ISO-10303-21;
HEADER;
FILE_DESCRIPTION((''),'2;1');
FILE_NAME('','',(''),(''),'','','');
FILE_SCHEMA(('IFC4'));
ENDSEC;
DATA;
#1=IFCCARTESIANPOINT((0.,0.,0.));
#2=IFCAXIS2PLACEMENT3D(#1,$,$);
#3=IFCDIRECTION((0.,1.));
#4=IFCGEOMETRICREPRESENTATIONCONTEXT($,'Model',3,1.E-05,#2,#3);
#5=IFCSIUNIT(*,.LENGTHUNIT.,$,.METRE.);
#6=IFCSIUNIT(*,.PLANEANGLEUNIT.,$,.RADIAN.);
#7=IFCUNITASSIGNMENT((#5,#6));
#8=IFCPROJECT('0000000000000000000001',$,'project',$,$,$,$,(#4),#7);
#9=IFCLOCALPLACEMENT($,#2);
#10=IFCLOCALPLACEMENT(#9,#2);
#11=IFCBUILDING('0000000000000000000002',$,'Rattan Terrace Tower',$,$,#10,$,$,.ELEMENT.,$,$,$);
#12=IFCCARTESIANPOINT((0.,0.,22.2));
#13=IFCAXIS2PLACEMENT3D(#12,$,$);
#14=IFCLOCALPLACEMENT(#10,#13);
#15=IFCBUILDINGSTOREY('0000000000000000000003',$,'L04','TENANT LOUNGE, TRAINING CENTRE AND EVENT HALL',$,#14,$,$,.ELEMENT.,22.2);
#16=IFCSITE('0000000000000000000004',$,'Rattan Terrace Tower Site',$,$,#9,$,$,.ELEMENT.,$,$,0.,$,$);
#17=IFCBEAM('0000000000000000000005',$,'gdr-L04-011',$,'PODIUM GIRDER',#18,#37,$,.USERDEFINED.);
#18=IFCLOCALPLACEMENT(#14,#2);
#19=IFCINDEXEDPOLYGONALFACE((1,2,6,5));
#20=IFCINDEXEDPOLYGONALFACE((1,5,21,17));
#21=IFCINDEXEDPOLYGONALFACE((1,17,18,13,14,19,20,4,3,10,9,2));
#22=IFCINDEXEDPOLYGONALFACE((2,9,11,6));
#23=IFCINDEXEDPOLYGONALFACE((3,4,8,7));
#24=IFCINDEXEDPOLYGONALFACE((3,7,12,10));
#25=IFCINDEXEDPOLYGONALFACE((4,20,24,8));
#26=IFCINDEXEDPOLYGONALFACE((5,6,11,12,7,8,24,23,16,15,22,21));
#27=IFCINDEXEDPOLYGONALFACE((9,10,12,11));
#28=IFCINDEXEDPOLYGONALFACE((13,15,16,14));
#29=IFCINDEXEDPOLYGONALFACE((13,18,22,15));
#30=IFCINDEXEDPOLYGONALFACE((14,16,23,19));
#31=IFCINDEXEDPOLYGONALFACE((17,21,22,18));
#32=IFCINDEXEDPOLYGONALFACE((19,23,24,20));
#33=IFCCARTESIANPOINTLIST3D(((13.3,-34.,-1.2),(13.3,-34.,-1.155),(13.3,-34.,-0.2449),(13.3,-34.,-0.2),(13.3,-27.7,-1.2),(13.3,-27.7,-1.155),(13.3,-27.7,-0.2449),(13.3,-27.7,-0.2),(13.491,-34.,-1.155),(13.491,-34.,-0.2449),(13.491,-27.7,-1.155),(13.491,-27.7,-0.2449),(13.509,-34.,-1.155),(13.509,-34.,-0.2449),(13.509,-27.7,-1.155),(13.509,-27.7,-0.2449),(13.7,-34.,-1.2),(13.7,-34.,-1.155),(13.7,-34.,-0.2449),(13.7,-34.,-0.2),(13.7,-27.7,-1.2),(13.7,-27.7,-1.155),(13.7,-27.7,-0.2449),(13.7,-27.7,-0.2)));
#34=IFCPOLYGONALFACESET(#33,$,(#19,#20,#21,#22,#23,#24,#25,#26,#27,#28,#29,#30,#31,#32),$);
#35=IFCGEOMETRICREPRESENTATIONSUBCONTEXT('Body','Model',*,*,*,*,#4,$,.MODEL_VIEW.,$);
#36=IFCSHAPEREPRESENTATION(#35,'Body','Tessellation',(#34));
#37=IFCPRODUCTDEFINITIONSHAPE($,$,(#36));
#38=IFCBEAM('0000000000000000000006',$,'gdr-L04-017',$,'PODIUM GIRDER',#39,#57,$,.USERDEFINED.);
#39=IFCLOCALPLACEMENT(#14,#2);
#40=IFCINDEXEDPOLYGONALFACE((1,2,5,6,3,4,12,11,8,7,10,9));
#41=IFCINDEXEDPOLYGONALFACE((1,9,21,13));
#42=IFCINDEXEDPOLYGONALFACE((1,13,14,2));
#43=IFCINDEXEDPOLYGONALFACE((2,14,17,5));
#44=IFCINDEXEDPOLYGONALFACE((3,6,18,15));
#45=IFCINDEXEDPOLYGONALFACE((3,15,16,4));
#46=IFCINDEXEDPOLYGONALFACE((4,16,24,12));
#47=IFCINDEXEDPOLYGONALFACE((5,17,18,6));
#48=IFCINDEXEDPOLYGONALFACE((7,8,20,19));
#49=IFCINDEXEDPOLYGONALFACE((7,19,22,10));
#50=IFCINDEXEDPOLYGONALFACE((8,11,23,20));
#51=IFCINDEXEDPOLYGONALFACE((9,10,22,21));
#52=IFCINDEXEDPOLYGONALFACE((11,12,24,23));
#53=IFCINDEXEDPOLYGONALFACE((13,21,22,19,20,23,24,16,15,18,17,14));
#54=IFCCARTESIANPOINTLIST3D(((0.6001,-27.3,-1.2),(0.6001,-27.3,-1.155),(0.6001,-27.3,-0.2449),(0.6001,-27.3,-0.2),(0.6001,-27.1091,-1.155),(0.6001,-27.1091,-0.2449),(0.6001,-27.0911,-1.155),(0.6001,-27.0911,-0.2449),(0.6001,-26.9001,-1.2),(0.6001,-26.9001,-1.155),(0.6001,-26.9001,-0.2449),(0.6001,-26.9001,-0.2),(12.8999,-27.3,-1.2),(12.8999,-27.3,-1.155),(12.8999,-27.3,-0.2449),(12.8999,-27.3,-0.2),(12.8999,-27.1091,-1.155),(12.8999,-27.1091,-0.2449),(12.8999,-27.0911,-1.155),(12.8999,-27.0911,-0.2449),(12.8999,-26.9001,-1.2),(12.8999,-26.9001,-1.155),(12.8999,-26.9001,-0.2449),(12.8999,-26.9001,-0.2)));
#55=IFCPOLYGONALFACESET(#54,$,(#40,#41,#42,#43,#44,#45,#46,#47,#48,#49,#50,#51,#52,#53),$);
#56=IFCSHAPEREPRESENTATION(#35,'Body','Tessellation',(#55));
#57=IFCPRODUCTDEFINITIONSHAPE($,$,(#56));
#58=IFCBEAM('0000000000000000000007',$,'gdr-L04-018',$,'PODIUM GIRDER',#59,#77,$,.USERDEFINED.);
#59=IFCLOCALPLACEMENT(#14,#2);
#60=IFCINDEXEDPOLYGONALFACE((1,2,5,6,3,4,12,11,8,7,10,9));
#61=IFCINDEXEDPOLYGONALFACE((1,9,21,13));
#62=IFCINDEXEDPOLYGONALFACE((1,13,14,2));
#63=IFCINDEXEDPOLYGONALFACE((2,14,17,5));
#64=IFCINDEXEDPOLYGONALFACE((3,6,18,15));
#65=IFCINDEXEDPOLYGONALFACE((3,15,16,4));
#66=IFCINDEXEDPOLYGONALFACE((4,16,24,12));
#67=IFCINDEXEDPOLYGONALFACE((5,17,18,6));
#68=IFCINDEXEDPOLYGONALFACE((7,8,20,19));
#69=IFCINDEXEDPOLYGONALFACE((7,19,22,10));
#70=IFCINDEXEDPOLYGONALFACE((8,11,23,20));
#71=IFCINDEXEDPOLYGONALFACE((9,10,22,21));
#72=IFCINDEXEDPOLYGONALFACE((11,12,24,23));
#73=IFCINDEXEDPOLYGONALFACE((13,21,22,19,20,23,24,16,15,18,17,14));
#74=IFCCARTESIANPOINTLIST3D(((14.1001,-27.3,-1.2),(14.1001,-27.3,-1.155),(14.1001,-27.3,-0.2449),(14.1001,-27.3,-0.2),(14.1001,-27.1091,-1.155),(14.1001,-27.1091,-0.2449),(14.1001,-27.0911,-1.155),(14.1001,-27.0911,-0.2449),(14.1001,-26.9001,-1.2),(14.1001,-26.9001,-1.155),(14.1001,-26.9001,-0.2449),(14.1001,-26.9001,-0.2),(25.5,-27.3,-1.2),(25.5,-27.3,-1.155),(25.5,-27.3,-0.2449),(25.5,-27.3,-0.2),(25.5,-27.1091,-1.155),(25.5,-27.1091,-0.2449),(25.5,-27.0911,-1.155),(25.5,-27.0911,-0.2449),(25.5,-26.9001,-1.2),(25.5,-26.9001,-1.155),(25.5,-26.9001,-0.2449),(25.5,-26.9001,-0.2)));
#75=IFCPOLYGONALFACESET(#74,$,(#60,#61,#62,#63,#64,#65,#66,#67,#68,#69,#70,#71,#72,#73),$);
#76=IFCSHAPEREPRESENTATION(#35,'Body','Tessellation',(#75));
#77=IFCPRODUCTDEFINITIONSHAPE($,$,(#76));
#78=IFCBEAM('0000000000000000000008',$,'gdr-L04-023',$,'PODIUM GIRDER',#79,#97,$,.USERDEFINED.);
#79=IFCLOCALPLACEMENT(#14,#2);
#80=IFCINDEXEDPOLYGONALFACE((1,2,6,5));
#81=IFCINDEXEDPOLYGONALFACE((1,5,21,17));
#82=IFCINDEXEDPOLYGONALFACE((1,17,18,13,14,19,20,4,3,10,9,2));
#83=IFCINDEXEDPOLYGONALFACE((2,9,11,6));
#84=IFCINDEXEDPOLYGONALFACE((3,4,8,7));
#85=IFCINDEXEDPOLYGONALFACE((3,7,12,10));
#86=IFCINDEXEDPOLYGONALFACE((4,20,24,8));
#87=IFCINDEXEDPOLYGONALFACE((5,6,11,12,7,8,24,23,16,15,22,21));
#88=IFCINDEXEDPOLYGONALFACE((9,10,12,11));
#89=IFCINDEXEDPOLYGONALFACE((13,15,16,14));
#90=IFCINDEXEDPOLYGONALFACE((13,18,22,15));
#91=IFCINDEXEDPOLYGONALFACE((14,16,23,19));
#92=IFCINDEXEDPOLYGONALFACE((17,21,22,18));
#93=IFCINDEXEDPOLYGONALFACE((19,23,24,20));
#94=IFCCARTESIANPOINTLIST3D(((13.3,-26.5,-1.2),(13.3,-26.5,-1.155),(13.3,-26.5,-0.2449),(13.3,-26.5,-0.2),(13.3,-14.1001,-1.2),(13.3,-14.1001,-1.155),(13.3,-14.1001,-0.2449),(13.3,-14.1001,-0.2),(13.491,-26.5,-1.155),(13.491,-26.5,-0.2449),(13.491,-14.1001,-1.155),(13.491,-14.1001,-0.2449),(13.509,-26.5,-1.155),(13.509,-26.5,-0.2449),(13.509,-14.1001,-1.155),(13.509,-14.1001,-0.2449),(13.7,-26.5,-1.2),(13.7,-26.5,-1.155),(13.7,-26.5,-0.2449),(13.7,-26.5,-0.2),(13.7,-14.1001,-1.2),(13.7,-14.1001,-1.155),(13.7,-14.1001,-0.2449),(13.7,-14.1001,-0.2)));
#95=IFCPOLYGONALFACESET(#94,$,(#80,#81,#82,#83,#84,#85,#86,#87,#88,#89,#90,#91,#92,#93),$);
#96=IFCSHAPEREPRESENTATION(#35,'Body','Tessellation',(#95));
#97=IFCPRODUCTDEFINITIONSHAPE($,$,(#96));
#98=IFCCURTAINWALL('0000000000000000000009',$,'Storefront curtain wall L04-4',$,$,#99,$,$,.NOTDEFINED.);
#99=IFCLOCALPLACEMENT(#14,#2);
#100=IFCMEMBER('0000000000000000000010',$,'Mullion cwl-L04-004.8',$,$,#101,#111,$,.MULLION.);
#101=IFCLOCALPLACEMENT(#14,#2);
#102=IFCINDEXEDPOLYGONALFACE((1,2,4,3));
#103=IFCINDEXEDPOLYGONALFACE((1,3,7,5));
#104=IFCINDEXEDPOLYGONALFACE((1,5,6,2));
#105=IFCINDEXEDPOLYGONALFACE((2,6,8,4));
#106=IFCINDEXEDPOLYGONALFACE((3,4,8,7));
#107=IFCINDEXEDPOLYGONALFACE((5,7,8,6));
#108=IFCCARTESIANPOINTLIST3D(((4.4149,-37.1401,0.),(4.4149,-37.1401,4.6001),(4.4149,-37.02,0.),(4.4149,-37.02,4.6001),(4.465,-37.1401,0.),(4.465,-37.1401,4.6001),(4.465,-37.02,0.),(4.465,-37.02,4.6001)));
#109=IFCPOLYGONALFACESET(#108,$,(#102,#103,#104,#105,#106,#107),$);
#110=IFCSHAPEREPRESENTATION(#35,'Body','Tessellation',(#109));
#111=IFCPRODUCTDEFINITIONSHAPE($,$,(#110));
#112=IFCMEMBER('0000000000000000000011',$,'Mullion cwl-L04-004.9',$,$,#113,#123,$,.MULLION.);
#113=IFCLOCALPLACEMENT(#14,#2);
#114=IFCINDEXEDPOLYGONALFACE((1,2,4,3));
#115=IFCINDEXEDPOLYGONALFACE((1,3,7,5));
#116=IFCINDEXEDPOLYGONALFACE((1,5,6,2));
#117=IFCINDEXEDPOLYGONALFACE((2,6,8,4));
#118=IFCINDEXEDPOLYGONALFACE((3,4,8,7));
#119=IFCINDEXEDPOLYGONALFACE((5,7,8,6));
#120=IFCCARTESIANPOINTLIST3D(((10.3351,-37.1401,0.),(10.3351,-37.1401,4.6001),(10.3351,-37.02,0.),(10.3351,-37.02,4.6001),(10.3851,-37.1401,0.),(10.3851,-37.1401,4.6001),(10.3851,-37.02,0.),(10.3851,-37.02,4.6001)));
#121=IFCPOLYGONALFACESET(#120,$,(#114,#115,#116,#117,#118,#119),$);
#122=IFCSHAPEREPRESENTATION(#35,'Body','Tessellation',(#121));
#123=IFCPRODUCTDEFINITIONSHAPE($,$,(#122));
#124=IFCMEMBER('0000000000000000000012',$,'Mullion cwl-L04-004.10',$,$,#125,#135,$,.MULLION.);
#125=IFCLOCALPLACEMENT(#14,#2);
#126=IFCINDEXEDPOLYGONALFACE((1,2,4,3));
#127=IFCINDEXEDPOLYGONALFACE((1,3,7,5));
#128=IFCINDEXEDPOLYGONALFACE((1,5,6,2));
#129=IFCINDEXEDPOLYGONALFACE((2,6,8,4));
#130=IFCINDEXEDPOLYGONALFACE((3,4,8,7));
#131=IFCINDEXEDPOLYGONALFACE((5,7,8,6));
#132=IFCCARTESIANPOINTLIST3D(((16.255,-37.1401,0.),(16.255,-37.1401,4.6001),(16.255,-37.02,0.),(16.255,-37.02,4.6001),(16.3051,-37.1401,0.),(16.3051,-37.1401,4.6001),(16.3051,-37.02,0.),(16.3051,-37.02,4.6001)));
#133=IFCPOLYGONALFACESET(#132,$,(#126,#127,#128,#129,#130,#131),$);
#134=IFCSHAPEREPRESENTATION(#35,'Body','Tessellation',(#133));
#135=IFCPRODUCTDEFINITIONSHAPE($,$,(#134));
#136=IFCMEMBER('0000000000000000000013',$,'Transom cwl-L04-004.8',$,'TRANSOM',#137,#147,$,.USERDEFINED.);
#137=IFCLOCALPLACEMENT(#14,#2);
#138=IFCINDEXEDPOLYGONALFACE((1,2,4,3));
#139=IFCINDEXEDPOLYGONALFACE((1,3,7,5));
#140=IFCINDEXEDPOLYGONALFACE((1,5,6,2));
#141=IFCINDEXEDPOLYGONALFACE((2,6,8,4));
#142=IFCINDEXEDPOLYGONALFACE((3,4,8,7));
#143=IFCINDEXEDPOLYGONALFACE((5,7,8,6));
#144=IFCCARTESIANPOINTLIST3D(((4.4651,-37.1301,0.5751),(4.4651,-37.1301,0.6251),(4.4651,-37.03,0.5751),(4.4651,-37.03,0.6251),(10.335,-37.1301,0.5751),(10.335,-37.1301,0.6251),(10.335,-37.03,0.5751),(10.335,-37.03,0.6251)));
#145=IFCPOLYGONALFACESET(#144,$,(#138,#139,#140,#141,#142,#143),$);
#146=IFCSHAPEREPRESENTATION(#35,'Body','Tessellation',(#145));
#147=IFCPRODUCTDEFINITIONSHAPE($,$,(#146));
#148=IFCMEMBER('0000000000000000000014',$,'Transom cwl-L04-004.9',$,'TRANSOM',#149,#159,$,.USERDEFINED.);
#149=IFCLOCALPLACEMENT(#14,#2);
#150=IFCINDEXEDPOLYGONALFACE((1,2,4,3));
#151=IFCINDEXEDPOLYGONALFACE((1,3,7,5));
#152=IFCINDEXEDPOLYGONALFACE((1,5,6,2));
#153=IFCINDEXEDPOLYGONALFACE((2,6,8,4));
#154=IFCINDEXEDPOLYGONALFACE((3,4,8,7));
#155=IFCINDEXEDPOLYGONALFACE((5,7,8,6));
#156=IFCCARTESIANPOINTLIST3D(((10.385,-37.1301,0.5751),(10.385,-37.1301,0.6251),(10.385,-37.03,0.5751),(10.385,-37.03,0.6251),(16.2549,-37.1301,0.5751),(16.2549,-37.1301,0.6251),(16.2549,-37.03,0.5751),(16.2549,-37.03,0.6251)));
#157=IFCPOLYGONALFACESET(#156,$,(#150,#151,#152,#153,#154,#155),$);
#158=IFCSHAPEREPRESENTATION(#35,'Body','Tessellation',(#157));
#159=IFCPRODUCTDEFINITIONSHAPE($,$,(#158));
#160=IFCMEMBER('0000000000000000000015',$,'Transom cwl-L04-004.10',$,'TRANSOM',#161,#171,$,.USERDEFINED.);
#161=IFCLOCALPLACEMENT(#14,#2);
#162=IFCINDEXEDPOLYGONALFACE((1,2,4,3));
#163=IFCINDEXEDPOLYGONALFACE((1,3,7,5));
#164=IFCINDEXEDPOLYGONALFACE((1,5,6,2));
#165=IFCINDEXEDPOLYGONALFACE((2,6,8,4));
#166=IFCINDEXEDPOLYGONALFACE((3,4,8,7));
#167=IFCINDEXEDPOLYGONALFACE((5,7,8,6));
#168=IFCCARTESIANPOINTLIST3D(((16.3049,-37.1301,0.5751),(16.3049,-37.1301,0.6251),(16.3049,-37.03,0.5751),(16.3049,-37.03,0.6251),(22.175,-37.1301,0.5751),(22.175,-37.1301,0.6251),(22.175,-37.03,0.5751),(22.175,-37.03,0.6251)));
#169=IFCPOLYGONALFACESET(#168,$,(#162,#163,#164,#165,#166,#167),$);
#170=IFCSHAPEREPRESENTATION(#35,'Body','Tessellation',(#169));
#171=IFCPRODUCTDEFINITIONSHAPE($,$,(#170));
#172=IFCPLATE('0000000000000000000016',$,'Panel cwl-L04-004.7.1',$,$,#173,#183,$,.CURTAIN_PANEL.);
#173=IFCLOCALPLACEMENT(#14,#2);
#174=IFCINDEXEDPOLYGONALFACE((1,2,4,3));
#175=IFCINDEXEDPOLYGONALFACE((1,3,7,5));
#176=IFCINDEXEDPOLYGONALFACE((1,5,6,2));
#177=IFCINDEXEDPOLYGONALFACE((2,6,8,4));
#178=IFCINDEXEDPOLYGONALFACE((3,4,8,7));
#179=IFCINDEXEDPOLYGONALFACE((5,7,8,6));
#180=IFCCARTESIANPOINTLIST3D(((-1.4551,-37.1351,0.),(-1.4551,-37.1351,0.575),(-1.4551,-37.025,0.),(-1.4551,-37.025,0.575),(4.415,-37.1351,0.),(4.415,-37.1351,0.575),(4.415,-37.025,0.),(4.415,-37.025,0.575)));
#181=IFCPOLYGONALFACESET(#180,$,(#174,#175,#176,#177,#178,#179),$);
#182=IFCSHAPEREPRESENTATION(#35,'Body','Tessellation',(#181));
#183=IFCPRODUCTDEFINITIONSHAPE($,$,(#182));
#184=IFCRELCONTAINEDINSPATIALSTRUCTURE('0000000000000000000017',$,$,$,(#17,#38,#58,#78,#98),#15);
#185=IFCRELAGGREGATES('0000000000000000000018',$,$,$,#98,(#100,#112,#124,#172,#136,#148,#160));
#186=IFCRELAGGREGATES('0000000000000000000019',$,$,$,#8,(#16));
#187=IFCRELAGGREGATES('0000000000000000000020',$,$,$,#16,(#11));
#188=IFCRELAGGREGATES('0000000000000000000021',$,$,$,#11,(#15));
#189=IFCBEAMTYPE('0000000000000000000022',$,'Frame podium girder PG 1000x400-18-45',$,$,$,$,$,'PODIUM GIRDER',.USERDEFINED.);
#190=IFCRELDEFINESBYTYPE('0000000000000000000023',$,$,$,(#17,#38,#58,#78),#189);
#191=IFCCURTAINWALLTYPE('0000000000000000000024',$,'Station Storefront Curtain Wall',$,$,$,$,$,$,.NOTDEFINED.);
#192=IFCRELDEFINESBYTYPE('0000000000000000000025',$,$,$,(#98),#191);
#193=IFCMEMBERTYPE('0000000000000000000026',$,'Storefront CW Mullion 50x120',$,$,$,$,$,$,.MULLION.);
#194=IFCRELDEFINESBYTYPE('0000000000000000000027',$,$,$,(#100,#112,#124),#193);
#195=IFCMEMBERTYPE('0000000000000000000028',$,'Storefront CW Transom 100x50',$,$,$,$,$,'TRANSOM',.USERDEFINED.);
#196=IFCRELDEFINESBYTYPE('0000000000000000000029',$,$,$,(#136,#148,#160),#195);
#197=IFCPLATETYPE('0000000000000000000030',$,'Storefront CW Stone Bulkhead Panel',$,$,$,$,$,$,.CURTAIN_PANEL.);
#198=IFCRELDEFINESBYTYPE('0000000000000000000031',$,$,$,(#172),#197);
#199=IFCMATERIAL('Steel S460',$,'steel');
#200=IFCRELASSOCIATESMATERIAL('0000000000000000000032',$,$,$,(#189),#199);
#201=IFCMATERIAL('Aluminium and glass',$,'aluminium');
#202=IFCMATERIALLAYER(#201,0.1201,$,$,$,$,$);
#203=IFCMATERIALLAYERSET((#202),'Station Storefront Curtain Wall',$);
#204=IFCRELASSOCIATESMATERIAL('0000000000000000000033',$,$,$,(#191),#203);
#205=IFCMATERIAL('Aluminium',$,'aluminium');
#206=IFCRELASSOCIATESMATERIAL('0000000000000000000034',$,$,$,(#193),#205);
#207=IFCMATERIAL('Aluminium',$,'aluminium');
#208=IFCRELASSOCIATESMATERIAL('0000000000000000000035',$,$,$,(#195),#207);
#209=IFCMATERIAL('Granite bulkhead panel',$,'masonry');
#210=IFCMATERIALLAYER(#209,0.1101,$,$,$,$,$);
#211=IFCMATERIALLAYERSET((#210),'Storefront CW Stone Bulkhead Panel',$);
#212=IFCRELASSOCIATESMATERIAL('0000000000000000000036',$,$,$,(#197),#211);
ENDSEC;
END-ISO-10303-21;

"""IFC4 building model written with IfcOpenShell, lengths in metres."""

from ifc_helpers import new_model, si_unit, direction, frame, origin, origin_2d, place, context, subcontext, project, spatial, rectangle, i_section, extrude, material, layer, layer_set, material_profile, profile_set, type_object, element, aggregate, save


model = new_model("IFC4")

# Units and contexts
model_context = context("Model", 3, precision=1e-05, world=origin(), true_north=direction((0.0, 1.0)))
body_context = subcontext(model_context, "Body", "Model", "MODEL_VIEW")
ifc_project = project(units=[si_unit("LENGTHUNIT", "METRE"), si_unit("PLANEANGLEUNIT", "RADIAN")], contexts=[model_context])

# Site, building, storey
site_placement = place(None, origin())
site = spatial("IfcSite", under=ifc_project, at=site_placement, Name="Rattan Terrace Tower Site", CompositionType="ELEMENT", RefElevation=0.0)
building_placement = place(site_placement, origin())
building = spatial("IfcBuilding", under=site, at=building_placement, Name="Rattan Terrace Tower", CompositionType="ELEMENT")
storey_placement = place(building_placement, frame((0.0, 0.0, 22.2)))
storey = spatial("IfcBuildingStorey", under=building, at=storey_placement, Name="L04", Description="TENANT LOUNGE, TRAINING CENTRE AND EVENT HALL", CompositionType="ELEMENT", Elevation=22.2)

# Beams
ifc_material_1 = material(Name="Steel S460", Category="steel")
ifc_material_profile_1 = material_profile(ifc_material_1, i_section(OverallWidth=0.3999, OverallDepth=1.0, WebThickness=0.0181, FlangeThickness=0.0449, at=origin_2d()), Name="PG 1000x400-18-45")
ifc_profile_set_1 = profile_set([ifc_material_profile_1], Name="Steel S460")
beam_type_1 = type_object("IfcBeamType", Name="Frame podium girder PG 1000x400-18-45", ElementType="PODIUM GIRDER", PredefinedType="USERDEFINED", material=ifc_profile_set_1)
beam_1_placement = place(storey_placement, frame((13.5, -34.0, -0.7), z_axis=(0.0, 1.0, 0.0), x_axis=(-1.0, 0.0, 0.0)))
element("IfcBeam", 1, at=beam_1_placement, inside=storey, type_object=beam_type_1, Name="gdr-L04-011", ObjectType="PODIUM GIRDER", PredefinedType="USERDEFINED", context=body_context, shape_type="SweptSolid", body=[
    extrude(i_section(OverallWidth=0.3999, OverallDepth=1.0, WebThickness=0.0181, FlangeThickness=0.0449, at=origin_2d()), origin(), (0.0, 0.0, 1.0), 6.3),
])
beam_2_placement = place(storey_placement, frame((0.6001, -27.1001, -0.7), z_axis=(1.0, 0.0, 0.0), x_axis=(0.0, 1.0, 0.0)))
element("IfcBeam", 2, at=beam_2_placement, inside=storey, type_object=beam_type_1, Name="gdr-L04-017", ObjectType="PODIUM GIRDER", PredefinedType="USERDEFINED", context=body_context, shape_type="SweptSolid", body=[
    extrude(i_section(OverallWidth=0.3999, OverallDepth=1.0, WebThickness=0.0181, FlangeThickness=0.0449, at=origin_2d()), origin(), (0.0, 0.0, 1.0), 12.2998),
])
beam_3_placement = place(storey_placement, frame((14.1001, -27.1001, -0.7), z_axis=(1.0, 0.0, 0.0), x_axis=(0.0, 1.0, 0.0)))
element("IfcBeam", 3, at=beam_3_placement, inside=storey, type_object=beam_type_1, Name="gdr-L04-018", ObjectType="PODIUM GIRDER", PredefinedType="USERDEFINED", context=body_context, shape_type="SweptSolid", body=[
    extrude(i_section(OverallWidth=0.3999, OverallDepth=1.0, WebThickness=0.0181, FlangeThickness=0.0449, at=origin_2d()), origin(), (0.0, 0.0, 1.0), 11.3999),
])
beam_4_placement = place(storey_placement, frame((13.5, -26.5, -0.7), z_axis=(0.0, 1.0, 0.0), x_axis=(-1.0, 0.0, 0.0)))
element("IfcBeam", 4, at=beam_4_placement, inside=storey, type_object=beam_type_1, Name="gdr-L04-023", ObjectType="PODIUM GIRDER", PredefinedType="USERDEFINED", context=body_context, shape_type="SweptSolid", body=[
    extrude(i_section(OverallWidth=0.3999, OverallDepth=1.0, WebThickness=0.0181, FlangeThickness=0.0449, at=origin_2d()), origin(), (0.0, 0.0, 1.0), 12.3999),
])

# Curtain wall, members, plate
ifc_material_2 = material(Name="Aluminium and glass", Category="aluminium")
ifc_layer_1 = layer(ifc_material_2, 0.1201)
ifc_layer_set_1 = layer_set([ifc_layer_1], Name="Station Storefront Curtain Wall")
curtain_wall_type = type_object("IfcCurtainWallType", Name="Station Storefront Curtain Wall", PredefinedType="NOTDEFINED", material=ifc_layer_set_1)
curtain_wall_placement = place(storey_placement, origin())
curtain_wall = element("IfcCurtainWall", 5, at=curtain_wall_placement, inside=storey, type_object=curtain_wall_type, Name="Storefront curtain wall L04-4", PredefinedType="NOTDEFINED")
ifc_material_3 = material(Name="Aluminium", Category="aluminium")
ifc_material_profile_2 = material_profile(ifc_material_3, rectangle(XDim=0.05, YDim=0.1201, at=origin_2d()), Name="Aluminium 50x120")
ifc_profile_set_2 = profile_set([ifc_material_profile_2], Name="Aluminium")
member_type_1 = type_object("IfcMemberType", Name="Storefront CW Mullion 50x120", PredefinedType="MULLION", material=ifc_profile_set_2)
member_1_placement = place(storey_placement, frame((4.4399, -37.0801, 0.0), z_axis=(0.0, 0.0, 1.0), x_axis=(1.0, 0.0, 0.0)))
member_1 = element("IfcMember", 6, at=member_1_placement, type_object=member_type_1, Name="Mullion cwl-L04-004.8", PredefinedType="MULLION", context=body_context, shape_type="SweptSolid", body=[
    extrude(rectangle(XDim=0.05, YDim=0.1201, at=origin_2d()), origin(), (0.0, 0.0, 1.0), 4.6001),
])
member_2_placement = place(storey_placement, frame((10.3601, -37.0801, 0.0), z_axis=(0.0, 0.0, 1.0), x_axis=(1.0, 0.0, 0.0)))
member_2 = element("IfcMember", 7, at=member_2_placement, type_object=member_type_1, Name="Mullion cwl-L04-004.9", PredefinedType="MULLION", context=body_context, shape_type="SweptSolid", body=[
    extrude(rectangle(XDim=0.05, YDim=0.1201, at=origin_2d()), origin(), (0.0, 0.0, 1.0), 4.6001),
])
member_3_placement = place(storey_placement, frame((16.28, -37.0801, 0.0), z_axis=(0.0, 0.0, 1.0), x_axis=(1.0, 0.0, 0.0)))
member_3 = element("IfcMember", 8, at=member_3_placement, type_object=member_type_1, Name="Mullion cwl-L04-004.10", PredefinedType="MULLION", context=body_context, shape_type="SweptSolid", body=[
    extrude(rectangle(XDim=0.05, YDim=0.1201, at=origin_2d()), origin(), (0.0, 0.0, 1.0), 4.6001),
])
ifc_material_4 = material(Name="Aluminium", Category="aluminium")
ifc_material_profile_3 = material_profile(ifc_material_4, rectangle(XDim=0.1001, YDim=0.05, at=origin_2d()), Name="Aluminium 100x50")
ifc_profile_set_3 = profile_set([ifc_material_profile_3], Name="Aluminium")
member_type_2 = type_object("IfcMemberType", Name="Storefront CW Transom 100x50", ElementType="TRANSOM", PredefinedType="USERDEFINED", material=ifc_profile_set_3)
member_4_placement = place(storey_placement, frame((4.4651, -37.0801, 0.6001), z_axis=(1.0, 0.0, 0.0), x_axis=(0.0, 1.0, 0.0)))
member_4 = element("IfcMember", 9, at=member_4_placement, type_object=member_type_2, Name="Transom cwl-L04-004.8", ObjectType="TRANSOM", PredefinedType="USERDEFINED", context=body_context, shape_type="SweptSolid", body=[
    extrude(rectangle(XDim=0.1001, YDim=0.05, at=origin_2d()), origin(), (0.0, 0.0, 1.0), 5.8699),
])
member_5_placement = place(storey_placement, frame((10.385, -37.0801, 0.6001), z_axis=(1.0, 0.0, 0.0), x_axis=(0.0, 1.0, 0.0)))
member_5 = element("IfcMember", 10, at=member_5_placement, type_object=member_type_2, Name="Transom cwl-L04-004.9", ObjectType="TRANSOM", PredefinedType="USERDEFINED", context=body_context, shape_type="SweptSolid", body=[
    extrude(rectangle(XDim=0.1001, YDim=0.05, at=origin_2d()), origin(), (0.0, 0.0, 1.0), 5.8699),
])
member_6_placement = place(storey_placement, frame((16.3049, -37.0801, 0.6001), z_axis=(1.0, 0.0, 0.0), x_axis=(0.0, 1.0, 0.0)))
member_6 = element("IfcMember", 11, at=member_6_placement, type_object=member_type_2, Name="Transom cwl-L04-004.10", ObjectType="TRANSOM", PredefinedType="USERDEFINED", context=body_context, shape_type="SweptSolid", body=[
    extrude(rectangle(XDim=0.1001, YDim=0.05, at=origin_2d()), origin(), (0.0, 0.0, 1.0), 5.8701),
])
ifc_material_5 = material(Name="Granite bulkhead panel", Category="masonry")
ifc_layer_2 = layer(ifc_material_5, 0.1101)
ifc_layer_set_2 = layer_set([ifc_layer_2], Name="Storefront CW Stone Bulkhead Panel")
plate_type_1 = type_object("IfcPlateType", Name="Storefront CW Stone Bulkhead Panel", PredefinedType="CURTAIN_PANEL", material=ifc_layer_set_2)
plate_1_placement = place(storey_placement, frame((1.48, -37.0801, 0.0), z_axis=(0.0, 0.0, 1.0), x_axis=(1.0, 0.0, 0.0)))
plate_1 = element("IfcPlate", 12, at=plate_1_placement, type_object=plate_type_1, Name="Panel cwl-L04-004.7.1", PredefinedType="CURTAIN_PANEL", context=body_context, shape_type="SweptSolid", body=[
    extrude(rectangle(XDim=5.8701, YDim=0.1101, at=origin_2d()), origin(), (0.0, 0.0, 1.0), 0.575),
])
aggregate(curtain_wall, [member_1, member_2, member_3, plate_1, member_4, member_5, member_6])

save(model, "model.ifc")
